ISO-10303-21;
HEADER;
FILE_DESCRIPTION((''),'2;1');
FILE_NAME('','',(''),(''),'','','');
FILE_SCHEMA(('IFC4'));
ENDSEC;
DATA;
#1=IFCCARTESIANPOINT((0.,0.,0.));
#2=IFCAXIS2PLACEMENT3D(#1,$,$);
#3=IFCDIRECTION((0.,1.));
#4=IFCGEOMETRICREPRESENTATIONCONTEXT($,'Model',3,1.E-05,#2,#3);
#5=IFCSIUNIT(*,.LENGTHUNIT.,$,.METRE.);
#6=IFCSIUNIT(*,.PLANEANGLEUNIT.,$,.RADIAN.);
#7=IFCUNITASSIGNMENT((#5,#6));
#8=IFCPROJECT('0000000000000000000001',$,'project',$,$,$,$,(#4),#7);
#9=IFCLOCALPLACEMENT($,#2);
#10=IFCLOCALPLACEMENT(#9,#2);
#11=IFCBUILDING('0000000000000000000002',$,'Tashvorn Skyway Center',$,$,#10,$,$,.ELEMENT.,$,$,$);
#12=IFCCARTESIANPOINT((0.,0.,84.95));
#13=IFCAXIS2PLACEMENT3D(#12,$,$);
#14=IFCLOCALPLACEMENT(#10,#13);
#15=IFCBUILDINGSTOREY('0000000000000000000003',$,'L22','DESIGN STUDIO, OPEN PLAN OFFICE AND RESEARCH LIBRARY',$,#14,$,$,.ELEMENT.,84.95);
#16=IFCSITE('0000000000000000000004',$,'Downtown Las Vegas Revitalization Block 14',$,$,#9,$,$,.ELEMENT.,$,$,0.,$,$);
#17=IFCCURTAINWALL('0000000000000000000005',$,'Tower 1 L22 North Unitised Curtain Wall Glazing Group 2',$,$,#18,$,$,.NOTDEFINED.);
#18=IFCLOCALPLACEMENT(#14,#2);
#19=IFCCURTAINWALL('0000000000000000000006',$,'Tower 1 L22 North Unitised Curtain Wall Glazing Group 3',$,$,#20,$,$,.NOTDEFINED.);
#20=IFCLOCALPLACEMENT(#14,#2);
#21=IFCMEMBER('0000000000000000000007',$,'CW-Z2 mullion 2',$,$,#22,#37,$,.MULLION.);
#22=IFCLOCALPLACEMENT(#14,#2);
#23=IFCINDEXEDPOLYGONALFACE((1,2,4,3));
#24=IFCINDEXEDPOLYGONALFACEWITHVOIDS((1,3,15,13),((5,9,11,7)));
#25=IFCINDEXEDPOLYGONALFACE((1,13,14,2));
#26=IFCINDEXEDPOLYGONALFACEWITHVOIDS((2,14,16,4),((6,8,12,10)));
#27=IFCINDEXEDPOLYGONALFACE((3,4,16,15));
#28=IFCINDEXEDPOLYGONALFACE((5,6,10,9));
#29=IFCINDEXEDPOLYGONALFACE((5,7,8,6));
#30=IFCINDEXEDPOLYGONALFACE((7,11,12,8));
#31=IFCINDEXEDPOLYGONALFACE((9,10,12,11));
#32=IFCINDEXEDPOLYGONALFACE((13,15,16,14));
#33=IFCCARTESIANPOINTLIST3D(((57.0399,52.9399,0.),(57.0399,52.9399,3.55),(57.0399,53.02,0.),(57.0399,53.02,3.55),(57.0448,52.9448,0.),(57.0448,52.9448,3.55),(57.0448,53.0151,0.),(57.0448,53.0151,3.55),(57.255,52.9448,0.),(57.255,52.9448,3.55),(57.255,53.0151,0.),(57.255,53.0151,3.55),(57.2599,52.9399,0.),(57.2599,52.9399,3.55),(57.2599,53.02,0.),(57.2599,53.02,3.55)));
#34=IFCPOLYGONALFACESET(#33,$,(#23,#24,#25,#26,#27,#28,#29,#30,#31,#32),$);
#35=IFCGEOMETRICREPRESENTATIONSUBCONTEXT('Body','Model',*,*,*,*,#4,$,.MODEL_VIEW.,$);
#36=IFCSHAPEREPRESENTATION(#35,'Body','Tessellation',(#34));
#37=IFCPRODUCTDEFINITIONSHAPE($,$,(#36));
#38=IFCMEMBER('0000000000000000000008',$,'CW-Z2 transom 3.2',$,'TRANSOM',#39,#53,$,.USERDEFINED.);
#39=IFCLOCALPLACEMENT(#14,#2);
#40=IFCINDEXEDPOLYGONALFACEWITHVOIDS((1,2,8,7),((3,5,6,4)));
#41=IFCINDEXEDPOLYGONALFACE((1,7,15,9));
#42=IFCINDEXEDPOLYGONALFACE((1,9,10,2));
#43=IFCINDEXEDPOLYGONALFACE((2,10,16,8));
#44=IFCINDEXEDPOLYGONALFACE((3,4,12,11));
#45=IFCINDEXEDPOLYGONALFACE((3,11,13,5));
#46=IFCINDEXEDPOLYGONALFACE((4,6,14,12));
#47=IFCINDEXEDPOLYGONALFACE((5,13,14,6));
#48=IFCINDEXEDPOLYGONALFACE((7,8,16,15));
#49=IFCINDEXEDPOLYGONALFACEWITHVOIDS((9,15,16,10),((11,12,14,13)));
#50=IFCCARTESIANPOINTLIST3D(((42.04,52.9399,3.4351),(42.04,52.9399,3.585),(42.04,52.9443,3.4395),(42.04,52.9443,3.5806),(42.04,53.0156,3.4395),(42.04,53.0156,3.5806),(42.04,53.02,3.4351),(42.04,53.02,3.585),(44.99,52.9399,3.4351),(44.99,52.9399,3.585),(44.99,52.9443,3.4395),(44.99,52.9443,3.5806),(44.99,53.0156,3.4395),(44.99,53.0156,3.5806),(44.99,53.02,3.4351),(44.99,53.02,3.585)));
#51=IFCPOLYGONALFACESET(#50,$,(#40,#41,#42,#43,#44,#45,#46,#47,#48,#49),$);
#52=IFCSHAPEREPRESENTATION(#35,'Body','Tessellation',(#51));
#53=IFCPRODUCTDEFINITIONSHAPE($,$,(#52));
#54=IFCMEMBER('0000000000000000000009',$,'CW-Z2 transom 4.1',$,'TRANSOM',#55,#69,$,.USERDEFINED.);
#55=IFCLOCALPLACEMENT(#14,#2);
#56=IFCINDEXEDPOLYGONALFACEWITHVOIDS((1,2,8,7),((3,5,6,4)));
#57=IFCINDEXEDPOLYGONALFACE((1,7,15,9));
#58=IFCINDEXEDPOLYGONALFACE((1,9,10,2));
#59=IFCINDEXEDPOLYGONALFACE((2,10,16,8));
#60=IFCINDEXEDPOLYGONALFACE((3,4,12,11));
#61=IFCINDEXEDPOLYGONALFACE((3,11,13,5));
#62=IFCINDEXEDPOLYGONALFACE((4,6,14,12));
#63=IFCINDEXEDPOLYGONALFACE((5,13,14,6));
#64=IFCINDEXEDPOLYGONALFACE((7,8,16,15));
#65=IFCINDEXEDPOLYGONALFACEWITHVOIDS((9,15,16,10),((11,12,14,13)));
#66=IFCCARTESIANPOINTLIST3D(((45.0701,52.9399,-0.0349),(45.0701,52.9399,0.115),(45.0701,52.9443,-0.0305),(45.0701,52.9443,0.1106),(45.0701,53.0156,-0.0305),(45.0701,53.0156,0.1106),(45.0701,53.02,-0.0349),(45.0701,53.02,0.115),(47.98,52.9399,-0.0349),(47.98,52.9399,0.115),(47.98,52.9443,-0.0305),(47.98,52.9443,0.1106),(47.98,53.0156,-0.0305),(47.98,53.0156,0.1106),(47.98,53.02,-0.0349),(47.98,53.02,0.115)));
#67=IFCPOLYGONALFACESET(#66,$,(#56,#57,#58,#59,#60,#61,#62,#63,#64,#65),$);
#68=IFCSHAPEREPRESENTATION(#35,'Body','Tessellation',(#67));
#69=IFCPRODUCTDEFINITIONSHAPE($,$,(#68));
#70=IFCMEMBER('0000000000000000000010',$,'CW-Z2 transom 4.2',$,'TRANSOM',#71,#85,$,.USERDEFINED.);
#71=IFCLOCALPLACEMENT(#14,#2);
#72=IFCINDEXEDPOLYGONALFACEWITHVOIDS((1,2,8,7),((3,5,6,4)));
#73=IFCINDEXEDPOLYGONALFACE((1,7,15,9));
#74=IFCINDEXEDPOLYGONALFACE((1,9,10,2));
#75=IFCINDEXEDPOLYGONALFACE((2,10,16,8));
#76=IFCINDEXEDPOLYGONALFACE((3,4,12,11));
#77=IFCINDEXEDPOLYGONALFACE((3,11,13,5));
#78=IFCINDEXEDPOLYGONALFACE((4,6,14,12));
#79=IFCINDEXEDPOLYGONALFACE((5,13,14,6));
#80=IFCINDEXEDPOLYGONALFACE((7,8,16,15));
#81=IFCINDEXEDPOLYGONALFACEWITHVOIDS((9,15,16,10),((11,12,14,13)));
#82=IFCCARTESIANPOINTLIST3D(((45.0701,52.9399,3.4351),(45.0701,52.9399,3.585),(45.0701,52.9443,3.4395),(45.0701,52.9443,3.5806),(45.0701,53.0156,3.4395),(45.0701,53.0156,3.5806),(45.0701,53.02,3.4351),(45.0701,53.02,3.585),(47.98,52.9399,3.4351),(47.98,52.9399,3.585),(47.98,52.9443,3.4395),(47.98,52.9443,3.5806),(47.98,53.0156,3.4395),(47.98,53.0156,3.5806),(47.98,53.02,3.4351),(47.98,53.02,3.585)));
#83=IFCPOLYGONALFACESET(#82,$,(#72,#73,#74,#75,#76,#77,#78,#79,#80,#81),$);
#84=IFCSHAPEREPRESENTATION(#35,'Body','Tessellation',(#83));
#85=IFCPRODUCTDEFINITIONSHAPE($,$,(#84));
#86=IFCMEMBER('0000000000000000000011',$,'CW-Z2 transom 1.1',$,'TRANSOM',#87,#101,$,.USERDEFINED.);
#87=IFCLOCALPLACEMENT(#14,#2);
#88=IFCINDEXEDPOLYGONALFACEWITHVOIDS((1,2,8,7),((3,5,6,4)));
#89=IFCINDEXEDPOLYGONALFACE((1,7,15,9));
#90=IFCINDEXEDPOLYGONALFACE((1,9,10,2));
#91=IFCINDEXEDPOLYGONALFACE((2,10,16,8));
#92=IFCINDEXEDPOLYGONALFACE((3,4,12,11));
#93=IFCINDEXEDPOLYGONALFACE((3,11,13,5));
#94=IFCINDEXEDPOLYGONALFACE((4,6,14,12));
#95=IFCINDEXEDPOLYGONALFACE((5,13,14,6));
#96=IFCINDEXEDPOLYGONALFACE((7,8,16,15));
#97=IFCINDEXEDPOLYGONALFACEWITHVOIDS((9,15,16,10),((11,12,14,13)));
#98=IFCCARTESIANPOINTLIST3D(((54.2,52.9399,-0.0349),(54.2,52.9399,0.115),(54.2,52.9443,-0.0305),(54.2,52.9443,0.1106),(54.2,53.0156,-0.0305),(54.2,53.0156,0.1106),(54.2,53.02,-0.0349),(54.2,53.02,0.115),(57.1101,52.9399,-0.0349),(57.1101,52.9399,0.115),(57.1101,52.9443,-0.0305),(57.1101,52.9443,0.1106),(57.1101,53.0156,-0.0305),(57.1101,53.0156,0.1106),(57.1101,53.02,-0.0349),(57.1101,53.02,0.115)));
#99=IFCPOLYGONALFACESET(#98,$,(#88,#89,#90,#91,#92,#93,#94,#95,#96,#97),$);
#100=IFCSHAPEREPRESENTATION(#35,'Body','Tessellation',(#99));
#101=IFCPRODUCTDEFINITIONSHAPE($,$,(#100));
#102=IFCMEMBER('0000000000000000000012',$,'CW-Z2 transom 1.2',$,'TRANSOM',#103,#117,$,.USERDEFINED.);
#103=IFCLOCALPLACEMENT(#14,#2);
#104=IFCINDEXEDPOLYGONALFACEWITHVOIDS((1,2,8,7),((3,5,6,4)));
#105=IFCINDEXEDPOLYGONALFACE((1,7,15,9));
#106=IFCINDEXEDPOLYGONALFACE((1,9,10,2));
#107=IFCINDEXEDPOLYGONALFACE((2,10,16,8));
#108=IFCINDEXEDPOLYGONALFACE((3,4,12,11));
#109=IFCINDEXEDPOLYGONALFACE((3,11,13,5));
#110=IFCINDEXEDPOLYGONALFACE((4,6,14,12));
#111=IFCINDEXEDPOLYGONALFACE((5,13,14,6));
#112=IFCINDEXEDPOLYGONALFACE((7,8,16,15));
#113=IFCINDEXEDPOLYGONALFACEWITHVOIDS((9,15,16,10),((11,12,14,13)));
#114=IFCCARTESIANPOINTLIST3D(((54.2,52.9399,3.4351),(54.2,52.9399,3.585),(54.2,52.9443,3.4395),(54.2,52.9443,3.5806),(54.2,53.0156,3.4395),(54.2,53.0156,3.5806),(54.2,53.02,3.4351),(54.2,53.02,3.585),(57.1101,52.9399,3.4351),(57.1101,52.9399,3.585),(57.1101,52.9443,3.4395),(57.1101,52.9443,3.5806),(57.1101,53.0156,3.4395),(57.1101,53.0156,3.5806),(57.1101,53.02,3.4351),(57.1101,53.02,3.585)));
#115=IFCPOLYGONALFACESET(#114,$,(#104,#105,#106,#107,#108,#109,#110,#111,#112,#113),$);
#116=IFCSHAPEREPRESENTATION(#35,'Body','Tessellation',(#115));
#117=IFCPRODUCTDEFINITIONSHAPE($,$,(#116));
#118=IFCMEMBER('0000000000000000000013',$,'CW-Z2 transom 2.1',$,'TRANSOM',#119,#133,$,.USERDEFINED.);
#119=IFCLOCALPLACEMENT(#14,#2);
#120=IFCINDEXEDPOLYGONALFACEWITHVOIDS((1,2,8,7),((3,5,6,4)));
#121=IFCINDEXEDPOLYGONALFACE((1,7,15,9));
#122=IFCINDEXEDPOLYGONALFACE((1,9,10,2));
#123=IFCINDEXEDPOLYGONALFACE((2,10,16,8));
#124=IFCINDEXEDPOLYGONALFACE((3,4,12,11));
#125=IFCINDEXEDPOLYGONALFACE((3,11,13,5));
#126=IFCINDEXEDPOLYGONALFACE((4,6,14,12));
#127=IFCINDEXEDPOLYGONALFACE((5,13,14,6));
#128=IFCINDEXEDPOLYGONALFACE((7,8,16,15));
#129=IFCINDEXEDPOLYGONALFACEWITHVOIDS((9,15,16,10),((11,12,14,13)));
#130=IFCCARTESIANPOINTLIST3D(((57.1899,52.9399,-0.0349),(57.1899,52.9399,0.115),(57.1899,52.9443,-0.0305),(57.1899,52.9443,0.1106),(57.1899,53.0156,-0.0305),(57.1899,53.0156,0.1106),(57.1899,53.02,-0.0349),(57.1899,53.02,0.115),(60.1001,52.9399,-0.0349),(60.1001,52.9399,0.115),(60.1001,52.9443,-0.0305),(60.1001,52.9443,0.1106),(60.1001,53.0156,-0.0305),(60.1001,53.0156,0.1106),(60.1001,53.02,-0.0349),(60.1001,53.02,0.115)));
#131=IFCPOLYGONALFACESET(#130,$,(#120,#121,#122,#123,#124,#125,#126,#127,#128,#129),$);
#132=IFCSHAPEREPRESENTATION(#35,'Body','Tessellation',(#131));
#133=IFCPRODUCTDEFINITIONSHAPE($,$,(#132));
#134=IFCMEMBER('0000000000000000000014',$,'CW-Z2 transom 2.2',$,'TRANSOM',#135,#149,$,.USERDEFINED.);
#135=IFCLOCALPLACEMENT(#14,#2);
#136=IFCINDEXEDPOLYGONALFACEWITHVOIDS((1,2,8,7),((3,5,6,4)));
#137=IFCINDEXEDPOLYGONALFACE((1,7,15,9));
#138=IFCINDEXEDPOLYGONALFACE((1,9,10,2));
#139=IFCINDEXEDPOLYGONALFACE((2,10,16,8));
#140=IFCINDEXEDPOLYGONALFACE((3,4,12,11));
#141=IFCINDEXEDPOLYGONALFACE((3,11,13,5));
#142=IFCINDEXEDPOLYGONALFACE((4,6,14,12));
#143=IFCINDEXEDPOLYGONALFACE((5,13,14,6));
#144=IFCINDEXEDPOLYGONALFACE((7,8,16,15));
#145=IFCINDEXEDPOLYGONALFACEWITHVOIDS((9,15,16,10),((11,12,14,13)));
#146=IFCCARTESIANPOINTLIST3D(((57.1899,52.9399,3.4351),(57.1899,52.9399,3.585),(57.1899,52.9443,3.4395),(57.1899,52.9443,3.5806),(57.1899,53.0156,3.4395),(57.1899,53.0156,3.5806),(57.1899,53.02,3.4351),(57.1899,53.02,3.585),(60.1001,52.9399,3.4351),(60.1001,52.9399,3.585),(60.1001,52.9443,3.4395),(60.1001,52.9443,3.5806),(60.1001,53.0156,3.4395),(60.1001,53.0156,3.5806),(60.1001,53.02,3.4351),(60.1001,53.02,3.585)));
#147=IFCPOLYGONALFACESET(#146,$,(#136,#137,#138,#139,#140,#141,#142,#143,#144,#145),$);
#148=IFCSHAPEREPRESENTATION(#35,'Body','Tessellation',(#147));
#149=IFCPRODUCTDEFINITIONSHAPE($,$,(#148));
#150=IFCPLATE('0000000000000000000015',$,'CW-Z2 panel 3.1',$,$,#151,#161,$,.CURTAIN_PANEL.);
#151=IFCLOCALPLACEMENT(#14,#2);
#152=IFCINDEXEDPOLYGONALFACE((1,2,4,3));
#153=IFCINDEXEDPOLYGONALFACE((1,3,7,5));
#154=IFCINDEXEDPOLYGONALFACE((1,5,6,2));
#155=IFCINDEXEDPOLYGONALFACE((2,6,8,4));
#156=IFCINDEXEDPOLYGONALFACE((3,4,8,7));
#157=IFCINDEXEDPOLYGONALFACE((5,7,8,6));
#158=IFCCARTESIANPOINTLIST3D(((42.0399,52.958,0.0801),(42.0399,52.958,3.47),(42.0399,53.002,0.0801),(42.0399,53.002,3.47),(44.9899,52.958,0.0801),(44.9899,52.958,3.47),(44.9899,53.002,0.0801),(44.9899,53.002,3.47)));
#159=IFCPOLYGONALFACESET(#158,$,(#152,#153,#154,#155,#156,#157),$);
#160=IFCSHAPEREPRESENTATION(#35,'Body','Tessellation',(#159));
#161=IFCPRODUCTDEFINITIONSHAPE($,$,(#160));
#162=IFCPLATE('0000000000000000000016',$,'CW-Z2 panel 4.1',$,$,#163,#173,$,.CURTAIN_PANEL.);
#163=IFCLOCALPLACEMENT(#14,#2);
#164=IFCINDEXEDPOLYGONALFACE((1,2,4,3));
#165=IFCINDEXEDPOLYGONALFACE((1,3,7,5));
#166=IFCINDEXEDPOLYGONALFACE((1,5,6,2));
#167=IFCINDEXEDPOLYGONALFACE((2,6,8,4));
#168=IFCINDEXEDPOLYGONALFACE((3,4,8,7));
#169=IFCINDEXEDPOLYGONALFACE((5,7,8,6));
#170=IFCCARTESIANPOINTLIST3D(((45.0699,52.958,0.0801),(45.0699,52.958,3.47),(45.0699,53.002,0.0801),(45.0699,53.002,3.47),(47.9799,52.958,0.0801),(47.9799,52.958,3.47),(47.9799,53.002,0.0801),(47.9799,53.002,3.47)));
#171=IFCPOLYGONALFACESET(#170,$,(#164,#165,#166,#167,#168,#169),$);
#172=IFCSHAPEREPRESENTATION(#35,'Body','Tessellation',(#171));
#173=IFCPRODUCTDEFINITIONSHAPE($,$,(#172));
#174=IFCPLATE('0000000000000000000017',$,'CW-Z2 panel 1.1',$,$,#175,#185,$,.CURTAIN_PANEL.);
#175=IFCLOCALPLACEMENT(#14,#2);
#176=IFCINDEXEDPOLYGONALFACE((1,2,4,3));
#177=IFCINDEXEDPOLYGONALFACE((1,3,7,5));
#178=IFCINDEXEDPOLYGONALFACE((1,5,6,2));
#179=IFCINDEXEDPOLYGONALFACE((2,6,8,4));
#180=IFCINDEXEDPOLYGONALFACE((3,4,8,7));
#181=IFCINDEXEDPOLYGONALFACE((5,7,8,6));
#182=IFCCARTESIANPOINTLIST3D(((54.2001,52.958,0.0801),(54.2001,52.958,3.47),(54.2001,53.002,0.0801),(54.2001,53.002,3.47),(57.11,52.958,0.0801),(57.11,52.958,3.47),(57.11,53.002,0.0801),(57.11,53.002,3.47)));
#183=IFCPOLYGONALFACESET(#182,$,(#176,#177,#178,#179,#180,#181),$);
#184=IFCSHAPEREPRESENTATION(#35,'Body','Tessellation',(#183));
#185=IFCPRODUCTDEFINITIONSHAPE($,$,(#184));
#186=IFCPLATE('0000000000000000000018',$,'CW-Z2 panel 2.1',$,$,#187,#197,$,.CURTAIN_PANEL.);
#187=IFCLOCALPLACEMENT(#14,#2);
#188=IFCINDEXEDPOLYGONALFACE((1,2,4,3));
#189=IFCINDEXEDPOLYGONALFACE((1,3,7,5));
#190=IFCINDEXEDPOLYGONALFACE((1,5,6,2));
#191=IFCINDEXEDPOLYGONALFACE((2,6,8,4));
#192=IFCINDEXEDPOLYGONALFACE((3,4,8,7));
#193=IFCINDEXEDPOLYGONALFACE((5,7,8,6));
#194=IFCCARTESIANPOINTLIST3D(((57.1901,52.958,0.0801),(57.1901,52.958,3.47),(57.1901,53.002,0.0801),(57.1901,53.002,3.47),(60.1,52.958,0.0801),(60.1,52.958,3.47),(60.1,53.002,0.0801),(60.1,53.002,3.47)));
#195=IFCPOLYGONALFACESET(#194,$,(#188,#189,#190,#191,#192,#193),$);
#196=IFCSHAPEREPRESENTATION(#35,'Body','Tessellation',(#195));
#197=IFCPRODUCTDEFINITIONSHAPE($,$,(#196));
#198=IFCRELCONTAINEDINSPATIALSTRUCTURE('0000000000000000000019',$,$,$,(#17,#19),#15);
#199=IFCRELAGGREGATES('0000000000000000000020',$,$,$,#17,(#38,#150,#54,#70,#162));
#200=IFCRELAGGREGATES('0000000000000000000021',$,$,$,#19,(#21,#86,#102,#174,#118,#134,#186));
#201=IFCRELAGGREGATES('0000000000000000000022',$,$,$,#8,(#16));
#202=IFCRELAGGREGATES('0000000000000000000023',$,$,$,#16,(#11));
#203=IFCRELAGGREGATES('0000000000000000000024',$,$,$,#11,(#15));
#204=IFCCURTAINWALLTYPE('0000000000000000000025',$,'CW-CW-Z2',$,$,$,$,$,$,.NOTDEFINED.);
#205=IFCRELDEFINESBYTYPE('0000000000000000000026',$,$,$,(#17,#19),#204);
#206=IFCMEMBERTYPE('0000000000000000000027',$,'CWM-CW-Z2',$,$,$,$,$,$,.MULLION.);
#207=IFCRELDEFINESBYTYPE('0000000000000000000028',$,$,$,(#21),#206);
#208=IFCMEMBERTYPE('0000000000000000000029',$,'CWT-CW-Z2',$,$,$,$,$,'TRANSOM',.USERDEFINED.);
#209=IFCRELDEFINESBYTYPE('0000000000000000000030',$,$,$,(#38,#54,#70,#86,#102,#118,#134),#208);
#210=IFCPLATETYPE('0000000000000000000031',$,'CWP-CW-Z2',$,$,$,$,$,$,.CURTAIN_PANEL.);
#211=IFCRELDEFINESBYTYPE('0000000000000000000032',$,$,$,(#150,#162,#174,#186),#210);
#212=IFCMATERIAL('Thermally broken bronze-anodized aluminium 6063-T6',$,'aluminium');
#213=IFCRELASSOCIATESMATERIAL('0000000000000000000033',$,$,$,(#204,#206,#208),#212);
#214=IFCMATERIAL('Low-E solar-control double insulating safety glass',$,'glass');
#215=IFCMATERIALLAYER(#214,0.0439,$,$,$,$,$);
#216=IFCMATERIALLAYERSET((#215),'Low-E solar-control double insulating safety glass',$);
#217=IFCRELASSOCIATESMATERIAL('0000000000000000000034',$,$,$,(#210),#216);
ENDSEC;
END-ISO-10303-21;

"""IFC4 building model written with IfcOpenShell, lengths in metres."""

from ifc_helpers import new_model, si_unit, direction, frame, origin, origin_2d, place, context, subcontext, project, spatial, rectangle, hollow_rectangle, extrude, material, layer, layer_set, material_profile, profile_set, type_object, element, aggregate, save


model = new_model("IFC4")

# Units and contexts
model_context = context("Model", 3, precision=1e-05, world=origin(), true_north=direction((0.0, 1.0)))
body_context = subcontext(model_context, "Body", "Model", "MODEL_VIEW")
ifc_project = project(units=[si_unit("LENGTHUNIT", "METRE"), si_unit("PLANEANGLEUNIT", "RADIAN")], contexts=[model_context])

# Site, building, storey
site_placement = place(None, origin())
site = spatial("IfcSite", under=ifc_project, at=site_placement, Name="Downtown Las Vegas Revitalization Block 14", CompositionType="ELEMENT", RefElevation=0.0)
building_placement = place(site_placement, origin())
building = spatial("IfcBuilding", under=site, at=building_placement, Name="Tashvorn Skyway Center", CompositionType="ELEMENT")
storey_placement = place(building_placement, frame((0.0, 0.0, 84.95)))
storey = spatial("IfcBuildingStorey", under=building, at=storey_placement, Name="L22", Description="DESIGN STUDIO, OPEN PLAN OFFICE AND RESEARCH LIBRARY", CompositionType="ELEMENT", Elevation=84.95)

# Curtain walls, member
ifc_material_1 = material(Name="Thermally broken bronze-anodized aluminium 6063-T6", Category="aluminium")
curtain_wall_type = type_object("IfcCurtainWallType", Name="CW-CW-Z2", PredefinedType="NOTDEFINED", material=ifc_material_1)
curtain_wall_1_placement = place(storey_placement, origin())
curtain_wall_1 = element("IfcCurtainWall", 1, at=curtain_wall_1_placement, inside=storey, type_object=curtain_wall_type, Name="Tower 1 L22 North Unitised Curtain Wall Glazing Group 2", PredefinedType="NOTDEFINED")
ifc_material_profile_1 = material_profile(ifc_material_1, hollow_rectangle(XDim=0.0801, YDim=0.22, WallThickness=0.0049, at=origin_2d()), Name="ALU-MULL-80x220")
ifc_profile_set_1 = profile_set([ifc_material_profile_1], Name="Thermally broken bronze-anodized aluminium 6063-T6")
member_type_1 = type_object("IfcMemberType", Name="CWM-CW-Z2", PredefinedType="MULLION", material=ifc_profile_set_1)
curtain_wall_2_placement = place(storey_placement, origin())
curtain_wall_2 = element("IfcCurtainWall", 2, at=curtain_wall_2_placement, inside=storey, type_object=curtain_wall_type, Name="Tower 1 L22 North Unitised Curtain Wall Glazing Group 3", PredefinedType="NOTDEFINED")
member_1_placement = place(storey_placement, frame((57.1499, 52.98, 0.0), z_axis=(0.0, 0.0, 1.0), x_axis=(0.0, 1.0, 0.0)))
member_1 = element("IfcMember", 3, at=member_1_placement, type_object=member_type_1, Name="CW-Z2 mullion 2", PredefinedType="MULLION", context=body_context, shape_type="SweptSolid", body=[
    extrude(hollow_rectangle(XDim=0.0801, YDim=0.22, WallThickness=0.0049, at=origin_2d()), origin(), (0.0, 0.0, 1.0), 3.55),
])

# Members
ifc_material_profile_2 = material_profile(ifc_material_1, hollow_rectangle(XDim=0.0801, YDim=0.1499, WallThickness=0.0044, at=origin_2d()), Name="ALU-TRAN-80x150")
ifc_profile_set_2 = profile_set([ifc_material_profile_2], Name="Thermally broken bronze-anodized aluminium 6063-T6")
member_type_2 = type_object("IfcMemberType", Name="CWT-CW-Z2", ElementType="TRANSOM", PredefinedType="USERDEFINED", material=ifc_profile_set_2)
member_2_placement = place(storey_placement, frame((42.04, 52.98, 3.51), z_axis=(1.0, 0.0, 0.0), x_axis=(0.0, 1.0, 0.0)))
member_2 = element("IfcMember", 4, at=member_2_placement, type_object=member_type_2, Name="CW-Z2 transom 3.2", ObjectType="TRANSOM", PredefinedType="USERDEFINED", context=body_context, shape_type="SweptSolid", body=[
    extrude(hollow_rectangle(XDim=0.0801, YDim=0.1499, WallThickness=0.0044, at=origin_2d()), origin(), (0.0, 0.0, 1.0), 2.95),
])
member_3_placement = place(storey_placement, frame((45.0701, 52.98, 0.04), z_axis=(1.0, 0.0, 0.0), x_axis=(0.0, 1.0, 0.0)))
member_3 = element("IfcMember", 5, at=member_3_placement, type_object=member_type_2, Name="CW-Z2 transom 4.1", ObjectType="TRANSOM", PredefinedType="USERDEFINED", context=body_context, shape_type="SweptSolid", body=[
    extrude(hollow_rectangle(XDim=0.0801, YDim=0.1499, WallThickness=0.0044, at=origin_2d()), origin(), (0.0, 0.0, 1.0), 2.9099),
])
member_4_placement = place(storey_placement, frame((45.0701, 52.98, 3.51), z_axis=(1.0, 0.0, 0.0), x_axis=(0.0, 1.0, 0.0)))
member_4 = element("IfcMember", 6, at=member_4_placement, type_object=member_type_2, Name="CW-Z2 transom 4.2", ObjectType="TRANSOM", PredefinedType="USERDEFINED", context=body_context, shape_type="SweptSolid", body=[
    extrude(hollow_rectangle(XDim=0.0801, YDim=0.1499, WallThickness=0.0044, at=origin_2d()), origin(), (0.0, 0.0, 1.0), 2.9099),
])
member_5_placement = place(storey_placement, frame((54.2, 52.98, 0.04), z_axis=(1.0, 0.0, 0.0), x_axis=(0.0, 1.0, 0.0)))
member_5 = element("IfcMember", 7, at=member_5_placement, type_object=member_type_2, Name="CW-Z2 transom 1.1", ObjectType="TRANSOM", PredefinedType="USERDEFINED", context=body_context, shape_type="SweptSolid", body=[
    extrude(hollow_rectangle(XDim=0.0801, YDim=0.1499, WallThickness=0.0044, at=origin_2d()), origin(), (0.0, 0.0, 1.0), 2.9102),
])
member_6_placement = place(storey_placement, frame((54.2, 52.98, 3.51), z_axis=(1.0, 0.0, 0.0), x_axis=(0.0, 1.0, 0.0)))
member_6 = element("IfcMember", 8, at=member_6_placement, type_object=member_type_2, Name="CW-Z2 transom 1.2", ObjectType="TRANSOM", PredefinedType="USERDEFINED", context=body_context, shape_type="SweptSolid", body=[
    extrude(hollow_rectangle(XDim=0.0801, YDim=0.1499, WallThickness=0.0044, at=origin_2d()), origin(), (0.0, 0.0, 1.0), 2.9102),
])
member_7_placement = place(storey_placement, frame((57.1899, 52.98, 0.04), z_axis=(1.0, 0.0, 0.0), x_axis=(0.0, 1.0, 0.0)))
member_7 = element("IfcMember", 9, at=member_7_placement, type_object=member_type_2, Name="CW-Z2 transom 2.1", ObjectType="TRANSOM", PredefinedType="USERDEFINED", context=body_context, shape_type="SweptSolid", body=[
    extrude(hollow_rectangle(XDim=0.0801, YDim=0.1499, WallThickness=0.0044, at=origin_2d()), origin(), (0.0, 0.0, 1.0), 2.9102),
])
member_8_placement = place(storey_placement, frame((57.1899, 52.98, 3.51), z_axis=(1.0, 0.0, 0.0), x_axis=(0.0, 1.0, 0.0)))
member_8 = element("IfcMember", 10, at=member_8_placement, type_object=member_type_2, Name="CW-Z2 transom 2.2", ObjectType="TRANSOM", PredefinedType="USERDEFINED", context=body_context, shape_type="SweptSolid", body=[
    extrude(hollow_rectangle(XDim=0.0801, YDim=0.1499, WallThickness=0.0044, at=origin_2d()), origin(), (0.0, 0.0, 1.0), 2.9102),
])

# Plates
ifc_material_2 = material(Name="Low-E solar-control double insulating safety glass", Category="glass")
ifc_layer_1 = layer(ifc_material_2, 0.0439)
ifc_layer_set_1 = layer_set([ifc_layer_1], Name="Low-E solar-control double insulating safety glass")
plate_type = type_object("IfcPlateType", Name="CWP-CW-Z2", PredefinedType="CURTAIN_PANEL", material=ifc_layer_set_1)
plate_1_placement = place(storey_placement, frame((43.5149, 52.98, 0.0801), z_axis=(0.0, 0.0, 1.0), x_axis=(1.0, 0.0, 0.0)))
plate_1 = element("IfcPlate", 11, at=plate_1_placement, type_object=plate_type, Name="CW-Z2 panel 3.1", PredefinedType="CURTAIN_PANEL", context=body_context, shape_type="SweptSolid", body=[
    extrude(rectangle(XDim=2.95, YDim=0.0439, at=origin_2d()), origin(), (0.0, 0.0, 1.0), 3.3899),
])
plate_2_placement = place(storey_placement, frame((46.5249, 52.98, 0.0801), z_axis=(0.0, 0.0, 1.0), x_axis=(1.0, 0.0, 0.0)))
plate_2 = element("IfcPlate", 12, at=plate_2_placement, type_object=plate_type, Name="CW-Z2 panel 4.1", PredefinedType="CURTAIN_PANEL", context=body_context, shape_type="SweptSolid", body=[
    extrude(rectangle(XDim=2.9099, YDim=0.0439, at=origin_2d()), origin(), (0.0, 0.0, 1.0), 3.3899),
])
aggregate(curtain_wall_1, [member_2, plate_1, member_3, member_4, plate_2])
plate_3_placement = place(storey_placement, frame((55.655, 52.98, 0.0801), z_axis=(0.0, 0.0, 1.0), x_axis=(1.0, 0.0, 0.0)))
plate_3 = element("IfcPlate", 13, at=plate_3_placement, type_object=plate_type, Name="CW-Z2 panel 1.1", PredefinedType="CURTAIN_PANEL", context=body_context, shape_type="SweptSolid", body=[
    extrude(rectangle(XDim=2.9099, YDim=0.0439, at=origin_2d()), origin(), (0.0, 0.0, 1.0), 3.3899),
])
plate_4_placement = place(storey_placement, frame((58.645, 52.98, 0.0801), z_axis=(0.0, 0.0, 1.0), x_axis=(1.0, 0.0, 0.0)))
plate_4 = element("IfcPlate", 14, at=plate_4_placement, type_object=plate_type, Name="CW-Z2 panel 2.1", PredefinedType="CURTAIN_PANEL", context=body_context, shape_type="SweptSolid", body=[
    extrude(rectangle(XDim=2.9099, YDim=0.0439, at=origin_2d()), origin(), (0.0, 0.0, 1.0), 3.3899),
])
aggregate(curtain_wall_2, [member_1, member_5, member_6, plate_3, member_7, member_8, plate_4])

save(model, "model.ifc")
